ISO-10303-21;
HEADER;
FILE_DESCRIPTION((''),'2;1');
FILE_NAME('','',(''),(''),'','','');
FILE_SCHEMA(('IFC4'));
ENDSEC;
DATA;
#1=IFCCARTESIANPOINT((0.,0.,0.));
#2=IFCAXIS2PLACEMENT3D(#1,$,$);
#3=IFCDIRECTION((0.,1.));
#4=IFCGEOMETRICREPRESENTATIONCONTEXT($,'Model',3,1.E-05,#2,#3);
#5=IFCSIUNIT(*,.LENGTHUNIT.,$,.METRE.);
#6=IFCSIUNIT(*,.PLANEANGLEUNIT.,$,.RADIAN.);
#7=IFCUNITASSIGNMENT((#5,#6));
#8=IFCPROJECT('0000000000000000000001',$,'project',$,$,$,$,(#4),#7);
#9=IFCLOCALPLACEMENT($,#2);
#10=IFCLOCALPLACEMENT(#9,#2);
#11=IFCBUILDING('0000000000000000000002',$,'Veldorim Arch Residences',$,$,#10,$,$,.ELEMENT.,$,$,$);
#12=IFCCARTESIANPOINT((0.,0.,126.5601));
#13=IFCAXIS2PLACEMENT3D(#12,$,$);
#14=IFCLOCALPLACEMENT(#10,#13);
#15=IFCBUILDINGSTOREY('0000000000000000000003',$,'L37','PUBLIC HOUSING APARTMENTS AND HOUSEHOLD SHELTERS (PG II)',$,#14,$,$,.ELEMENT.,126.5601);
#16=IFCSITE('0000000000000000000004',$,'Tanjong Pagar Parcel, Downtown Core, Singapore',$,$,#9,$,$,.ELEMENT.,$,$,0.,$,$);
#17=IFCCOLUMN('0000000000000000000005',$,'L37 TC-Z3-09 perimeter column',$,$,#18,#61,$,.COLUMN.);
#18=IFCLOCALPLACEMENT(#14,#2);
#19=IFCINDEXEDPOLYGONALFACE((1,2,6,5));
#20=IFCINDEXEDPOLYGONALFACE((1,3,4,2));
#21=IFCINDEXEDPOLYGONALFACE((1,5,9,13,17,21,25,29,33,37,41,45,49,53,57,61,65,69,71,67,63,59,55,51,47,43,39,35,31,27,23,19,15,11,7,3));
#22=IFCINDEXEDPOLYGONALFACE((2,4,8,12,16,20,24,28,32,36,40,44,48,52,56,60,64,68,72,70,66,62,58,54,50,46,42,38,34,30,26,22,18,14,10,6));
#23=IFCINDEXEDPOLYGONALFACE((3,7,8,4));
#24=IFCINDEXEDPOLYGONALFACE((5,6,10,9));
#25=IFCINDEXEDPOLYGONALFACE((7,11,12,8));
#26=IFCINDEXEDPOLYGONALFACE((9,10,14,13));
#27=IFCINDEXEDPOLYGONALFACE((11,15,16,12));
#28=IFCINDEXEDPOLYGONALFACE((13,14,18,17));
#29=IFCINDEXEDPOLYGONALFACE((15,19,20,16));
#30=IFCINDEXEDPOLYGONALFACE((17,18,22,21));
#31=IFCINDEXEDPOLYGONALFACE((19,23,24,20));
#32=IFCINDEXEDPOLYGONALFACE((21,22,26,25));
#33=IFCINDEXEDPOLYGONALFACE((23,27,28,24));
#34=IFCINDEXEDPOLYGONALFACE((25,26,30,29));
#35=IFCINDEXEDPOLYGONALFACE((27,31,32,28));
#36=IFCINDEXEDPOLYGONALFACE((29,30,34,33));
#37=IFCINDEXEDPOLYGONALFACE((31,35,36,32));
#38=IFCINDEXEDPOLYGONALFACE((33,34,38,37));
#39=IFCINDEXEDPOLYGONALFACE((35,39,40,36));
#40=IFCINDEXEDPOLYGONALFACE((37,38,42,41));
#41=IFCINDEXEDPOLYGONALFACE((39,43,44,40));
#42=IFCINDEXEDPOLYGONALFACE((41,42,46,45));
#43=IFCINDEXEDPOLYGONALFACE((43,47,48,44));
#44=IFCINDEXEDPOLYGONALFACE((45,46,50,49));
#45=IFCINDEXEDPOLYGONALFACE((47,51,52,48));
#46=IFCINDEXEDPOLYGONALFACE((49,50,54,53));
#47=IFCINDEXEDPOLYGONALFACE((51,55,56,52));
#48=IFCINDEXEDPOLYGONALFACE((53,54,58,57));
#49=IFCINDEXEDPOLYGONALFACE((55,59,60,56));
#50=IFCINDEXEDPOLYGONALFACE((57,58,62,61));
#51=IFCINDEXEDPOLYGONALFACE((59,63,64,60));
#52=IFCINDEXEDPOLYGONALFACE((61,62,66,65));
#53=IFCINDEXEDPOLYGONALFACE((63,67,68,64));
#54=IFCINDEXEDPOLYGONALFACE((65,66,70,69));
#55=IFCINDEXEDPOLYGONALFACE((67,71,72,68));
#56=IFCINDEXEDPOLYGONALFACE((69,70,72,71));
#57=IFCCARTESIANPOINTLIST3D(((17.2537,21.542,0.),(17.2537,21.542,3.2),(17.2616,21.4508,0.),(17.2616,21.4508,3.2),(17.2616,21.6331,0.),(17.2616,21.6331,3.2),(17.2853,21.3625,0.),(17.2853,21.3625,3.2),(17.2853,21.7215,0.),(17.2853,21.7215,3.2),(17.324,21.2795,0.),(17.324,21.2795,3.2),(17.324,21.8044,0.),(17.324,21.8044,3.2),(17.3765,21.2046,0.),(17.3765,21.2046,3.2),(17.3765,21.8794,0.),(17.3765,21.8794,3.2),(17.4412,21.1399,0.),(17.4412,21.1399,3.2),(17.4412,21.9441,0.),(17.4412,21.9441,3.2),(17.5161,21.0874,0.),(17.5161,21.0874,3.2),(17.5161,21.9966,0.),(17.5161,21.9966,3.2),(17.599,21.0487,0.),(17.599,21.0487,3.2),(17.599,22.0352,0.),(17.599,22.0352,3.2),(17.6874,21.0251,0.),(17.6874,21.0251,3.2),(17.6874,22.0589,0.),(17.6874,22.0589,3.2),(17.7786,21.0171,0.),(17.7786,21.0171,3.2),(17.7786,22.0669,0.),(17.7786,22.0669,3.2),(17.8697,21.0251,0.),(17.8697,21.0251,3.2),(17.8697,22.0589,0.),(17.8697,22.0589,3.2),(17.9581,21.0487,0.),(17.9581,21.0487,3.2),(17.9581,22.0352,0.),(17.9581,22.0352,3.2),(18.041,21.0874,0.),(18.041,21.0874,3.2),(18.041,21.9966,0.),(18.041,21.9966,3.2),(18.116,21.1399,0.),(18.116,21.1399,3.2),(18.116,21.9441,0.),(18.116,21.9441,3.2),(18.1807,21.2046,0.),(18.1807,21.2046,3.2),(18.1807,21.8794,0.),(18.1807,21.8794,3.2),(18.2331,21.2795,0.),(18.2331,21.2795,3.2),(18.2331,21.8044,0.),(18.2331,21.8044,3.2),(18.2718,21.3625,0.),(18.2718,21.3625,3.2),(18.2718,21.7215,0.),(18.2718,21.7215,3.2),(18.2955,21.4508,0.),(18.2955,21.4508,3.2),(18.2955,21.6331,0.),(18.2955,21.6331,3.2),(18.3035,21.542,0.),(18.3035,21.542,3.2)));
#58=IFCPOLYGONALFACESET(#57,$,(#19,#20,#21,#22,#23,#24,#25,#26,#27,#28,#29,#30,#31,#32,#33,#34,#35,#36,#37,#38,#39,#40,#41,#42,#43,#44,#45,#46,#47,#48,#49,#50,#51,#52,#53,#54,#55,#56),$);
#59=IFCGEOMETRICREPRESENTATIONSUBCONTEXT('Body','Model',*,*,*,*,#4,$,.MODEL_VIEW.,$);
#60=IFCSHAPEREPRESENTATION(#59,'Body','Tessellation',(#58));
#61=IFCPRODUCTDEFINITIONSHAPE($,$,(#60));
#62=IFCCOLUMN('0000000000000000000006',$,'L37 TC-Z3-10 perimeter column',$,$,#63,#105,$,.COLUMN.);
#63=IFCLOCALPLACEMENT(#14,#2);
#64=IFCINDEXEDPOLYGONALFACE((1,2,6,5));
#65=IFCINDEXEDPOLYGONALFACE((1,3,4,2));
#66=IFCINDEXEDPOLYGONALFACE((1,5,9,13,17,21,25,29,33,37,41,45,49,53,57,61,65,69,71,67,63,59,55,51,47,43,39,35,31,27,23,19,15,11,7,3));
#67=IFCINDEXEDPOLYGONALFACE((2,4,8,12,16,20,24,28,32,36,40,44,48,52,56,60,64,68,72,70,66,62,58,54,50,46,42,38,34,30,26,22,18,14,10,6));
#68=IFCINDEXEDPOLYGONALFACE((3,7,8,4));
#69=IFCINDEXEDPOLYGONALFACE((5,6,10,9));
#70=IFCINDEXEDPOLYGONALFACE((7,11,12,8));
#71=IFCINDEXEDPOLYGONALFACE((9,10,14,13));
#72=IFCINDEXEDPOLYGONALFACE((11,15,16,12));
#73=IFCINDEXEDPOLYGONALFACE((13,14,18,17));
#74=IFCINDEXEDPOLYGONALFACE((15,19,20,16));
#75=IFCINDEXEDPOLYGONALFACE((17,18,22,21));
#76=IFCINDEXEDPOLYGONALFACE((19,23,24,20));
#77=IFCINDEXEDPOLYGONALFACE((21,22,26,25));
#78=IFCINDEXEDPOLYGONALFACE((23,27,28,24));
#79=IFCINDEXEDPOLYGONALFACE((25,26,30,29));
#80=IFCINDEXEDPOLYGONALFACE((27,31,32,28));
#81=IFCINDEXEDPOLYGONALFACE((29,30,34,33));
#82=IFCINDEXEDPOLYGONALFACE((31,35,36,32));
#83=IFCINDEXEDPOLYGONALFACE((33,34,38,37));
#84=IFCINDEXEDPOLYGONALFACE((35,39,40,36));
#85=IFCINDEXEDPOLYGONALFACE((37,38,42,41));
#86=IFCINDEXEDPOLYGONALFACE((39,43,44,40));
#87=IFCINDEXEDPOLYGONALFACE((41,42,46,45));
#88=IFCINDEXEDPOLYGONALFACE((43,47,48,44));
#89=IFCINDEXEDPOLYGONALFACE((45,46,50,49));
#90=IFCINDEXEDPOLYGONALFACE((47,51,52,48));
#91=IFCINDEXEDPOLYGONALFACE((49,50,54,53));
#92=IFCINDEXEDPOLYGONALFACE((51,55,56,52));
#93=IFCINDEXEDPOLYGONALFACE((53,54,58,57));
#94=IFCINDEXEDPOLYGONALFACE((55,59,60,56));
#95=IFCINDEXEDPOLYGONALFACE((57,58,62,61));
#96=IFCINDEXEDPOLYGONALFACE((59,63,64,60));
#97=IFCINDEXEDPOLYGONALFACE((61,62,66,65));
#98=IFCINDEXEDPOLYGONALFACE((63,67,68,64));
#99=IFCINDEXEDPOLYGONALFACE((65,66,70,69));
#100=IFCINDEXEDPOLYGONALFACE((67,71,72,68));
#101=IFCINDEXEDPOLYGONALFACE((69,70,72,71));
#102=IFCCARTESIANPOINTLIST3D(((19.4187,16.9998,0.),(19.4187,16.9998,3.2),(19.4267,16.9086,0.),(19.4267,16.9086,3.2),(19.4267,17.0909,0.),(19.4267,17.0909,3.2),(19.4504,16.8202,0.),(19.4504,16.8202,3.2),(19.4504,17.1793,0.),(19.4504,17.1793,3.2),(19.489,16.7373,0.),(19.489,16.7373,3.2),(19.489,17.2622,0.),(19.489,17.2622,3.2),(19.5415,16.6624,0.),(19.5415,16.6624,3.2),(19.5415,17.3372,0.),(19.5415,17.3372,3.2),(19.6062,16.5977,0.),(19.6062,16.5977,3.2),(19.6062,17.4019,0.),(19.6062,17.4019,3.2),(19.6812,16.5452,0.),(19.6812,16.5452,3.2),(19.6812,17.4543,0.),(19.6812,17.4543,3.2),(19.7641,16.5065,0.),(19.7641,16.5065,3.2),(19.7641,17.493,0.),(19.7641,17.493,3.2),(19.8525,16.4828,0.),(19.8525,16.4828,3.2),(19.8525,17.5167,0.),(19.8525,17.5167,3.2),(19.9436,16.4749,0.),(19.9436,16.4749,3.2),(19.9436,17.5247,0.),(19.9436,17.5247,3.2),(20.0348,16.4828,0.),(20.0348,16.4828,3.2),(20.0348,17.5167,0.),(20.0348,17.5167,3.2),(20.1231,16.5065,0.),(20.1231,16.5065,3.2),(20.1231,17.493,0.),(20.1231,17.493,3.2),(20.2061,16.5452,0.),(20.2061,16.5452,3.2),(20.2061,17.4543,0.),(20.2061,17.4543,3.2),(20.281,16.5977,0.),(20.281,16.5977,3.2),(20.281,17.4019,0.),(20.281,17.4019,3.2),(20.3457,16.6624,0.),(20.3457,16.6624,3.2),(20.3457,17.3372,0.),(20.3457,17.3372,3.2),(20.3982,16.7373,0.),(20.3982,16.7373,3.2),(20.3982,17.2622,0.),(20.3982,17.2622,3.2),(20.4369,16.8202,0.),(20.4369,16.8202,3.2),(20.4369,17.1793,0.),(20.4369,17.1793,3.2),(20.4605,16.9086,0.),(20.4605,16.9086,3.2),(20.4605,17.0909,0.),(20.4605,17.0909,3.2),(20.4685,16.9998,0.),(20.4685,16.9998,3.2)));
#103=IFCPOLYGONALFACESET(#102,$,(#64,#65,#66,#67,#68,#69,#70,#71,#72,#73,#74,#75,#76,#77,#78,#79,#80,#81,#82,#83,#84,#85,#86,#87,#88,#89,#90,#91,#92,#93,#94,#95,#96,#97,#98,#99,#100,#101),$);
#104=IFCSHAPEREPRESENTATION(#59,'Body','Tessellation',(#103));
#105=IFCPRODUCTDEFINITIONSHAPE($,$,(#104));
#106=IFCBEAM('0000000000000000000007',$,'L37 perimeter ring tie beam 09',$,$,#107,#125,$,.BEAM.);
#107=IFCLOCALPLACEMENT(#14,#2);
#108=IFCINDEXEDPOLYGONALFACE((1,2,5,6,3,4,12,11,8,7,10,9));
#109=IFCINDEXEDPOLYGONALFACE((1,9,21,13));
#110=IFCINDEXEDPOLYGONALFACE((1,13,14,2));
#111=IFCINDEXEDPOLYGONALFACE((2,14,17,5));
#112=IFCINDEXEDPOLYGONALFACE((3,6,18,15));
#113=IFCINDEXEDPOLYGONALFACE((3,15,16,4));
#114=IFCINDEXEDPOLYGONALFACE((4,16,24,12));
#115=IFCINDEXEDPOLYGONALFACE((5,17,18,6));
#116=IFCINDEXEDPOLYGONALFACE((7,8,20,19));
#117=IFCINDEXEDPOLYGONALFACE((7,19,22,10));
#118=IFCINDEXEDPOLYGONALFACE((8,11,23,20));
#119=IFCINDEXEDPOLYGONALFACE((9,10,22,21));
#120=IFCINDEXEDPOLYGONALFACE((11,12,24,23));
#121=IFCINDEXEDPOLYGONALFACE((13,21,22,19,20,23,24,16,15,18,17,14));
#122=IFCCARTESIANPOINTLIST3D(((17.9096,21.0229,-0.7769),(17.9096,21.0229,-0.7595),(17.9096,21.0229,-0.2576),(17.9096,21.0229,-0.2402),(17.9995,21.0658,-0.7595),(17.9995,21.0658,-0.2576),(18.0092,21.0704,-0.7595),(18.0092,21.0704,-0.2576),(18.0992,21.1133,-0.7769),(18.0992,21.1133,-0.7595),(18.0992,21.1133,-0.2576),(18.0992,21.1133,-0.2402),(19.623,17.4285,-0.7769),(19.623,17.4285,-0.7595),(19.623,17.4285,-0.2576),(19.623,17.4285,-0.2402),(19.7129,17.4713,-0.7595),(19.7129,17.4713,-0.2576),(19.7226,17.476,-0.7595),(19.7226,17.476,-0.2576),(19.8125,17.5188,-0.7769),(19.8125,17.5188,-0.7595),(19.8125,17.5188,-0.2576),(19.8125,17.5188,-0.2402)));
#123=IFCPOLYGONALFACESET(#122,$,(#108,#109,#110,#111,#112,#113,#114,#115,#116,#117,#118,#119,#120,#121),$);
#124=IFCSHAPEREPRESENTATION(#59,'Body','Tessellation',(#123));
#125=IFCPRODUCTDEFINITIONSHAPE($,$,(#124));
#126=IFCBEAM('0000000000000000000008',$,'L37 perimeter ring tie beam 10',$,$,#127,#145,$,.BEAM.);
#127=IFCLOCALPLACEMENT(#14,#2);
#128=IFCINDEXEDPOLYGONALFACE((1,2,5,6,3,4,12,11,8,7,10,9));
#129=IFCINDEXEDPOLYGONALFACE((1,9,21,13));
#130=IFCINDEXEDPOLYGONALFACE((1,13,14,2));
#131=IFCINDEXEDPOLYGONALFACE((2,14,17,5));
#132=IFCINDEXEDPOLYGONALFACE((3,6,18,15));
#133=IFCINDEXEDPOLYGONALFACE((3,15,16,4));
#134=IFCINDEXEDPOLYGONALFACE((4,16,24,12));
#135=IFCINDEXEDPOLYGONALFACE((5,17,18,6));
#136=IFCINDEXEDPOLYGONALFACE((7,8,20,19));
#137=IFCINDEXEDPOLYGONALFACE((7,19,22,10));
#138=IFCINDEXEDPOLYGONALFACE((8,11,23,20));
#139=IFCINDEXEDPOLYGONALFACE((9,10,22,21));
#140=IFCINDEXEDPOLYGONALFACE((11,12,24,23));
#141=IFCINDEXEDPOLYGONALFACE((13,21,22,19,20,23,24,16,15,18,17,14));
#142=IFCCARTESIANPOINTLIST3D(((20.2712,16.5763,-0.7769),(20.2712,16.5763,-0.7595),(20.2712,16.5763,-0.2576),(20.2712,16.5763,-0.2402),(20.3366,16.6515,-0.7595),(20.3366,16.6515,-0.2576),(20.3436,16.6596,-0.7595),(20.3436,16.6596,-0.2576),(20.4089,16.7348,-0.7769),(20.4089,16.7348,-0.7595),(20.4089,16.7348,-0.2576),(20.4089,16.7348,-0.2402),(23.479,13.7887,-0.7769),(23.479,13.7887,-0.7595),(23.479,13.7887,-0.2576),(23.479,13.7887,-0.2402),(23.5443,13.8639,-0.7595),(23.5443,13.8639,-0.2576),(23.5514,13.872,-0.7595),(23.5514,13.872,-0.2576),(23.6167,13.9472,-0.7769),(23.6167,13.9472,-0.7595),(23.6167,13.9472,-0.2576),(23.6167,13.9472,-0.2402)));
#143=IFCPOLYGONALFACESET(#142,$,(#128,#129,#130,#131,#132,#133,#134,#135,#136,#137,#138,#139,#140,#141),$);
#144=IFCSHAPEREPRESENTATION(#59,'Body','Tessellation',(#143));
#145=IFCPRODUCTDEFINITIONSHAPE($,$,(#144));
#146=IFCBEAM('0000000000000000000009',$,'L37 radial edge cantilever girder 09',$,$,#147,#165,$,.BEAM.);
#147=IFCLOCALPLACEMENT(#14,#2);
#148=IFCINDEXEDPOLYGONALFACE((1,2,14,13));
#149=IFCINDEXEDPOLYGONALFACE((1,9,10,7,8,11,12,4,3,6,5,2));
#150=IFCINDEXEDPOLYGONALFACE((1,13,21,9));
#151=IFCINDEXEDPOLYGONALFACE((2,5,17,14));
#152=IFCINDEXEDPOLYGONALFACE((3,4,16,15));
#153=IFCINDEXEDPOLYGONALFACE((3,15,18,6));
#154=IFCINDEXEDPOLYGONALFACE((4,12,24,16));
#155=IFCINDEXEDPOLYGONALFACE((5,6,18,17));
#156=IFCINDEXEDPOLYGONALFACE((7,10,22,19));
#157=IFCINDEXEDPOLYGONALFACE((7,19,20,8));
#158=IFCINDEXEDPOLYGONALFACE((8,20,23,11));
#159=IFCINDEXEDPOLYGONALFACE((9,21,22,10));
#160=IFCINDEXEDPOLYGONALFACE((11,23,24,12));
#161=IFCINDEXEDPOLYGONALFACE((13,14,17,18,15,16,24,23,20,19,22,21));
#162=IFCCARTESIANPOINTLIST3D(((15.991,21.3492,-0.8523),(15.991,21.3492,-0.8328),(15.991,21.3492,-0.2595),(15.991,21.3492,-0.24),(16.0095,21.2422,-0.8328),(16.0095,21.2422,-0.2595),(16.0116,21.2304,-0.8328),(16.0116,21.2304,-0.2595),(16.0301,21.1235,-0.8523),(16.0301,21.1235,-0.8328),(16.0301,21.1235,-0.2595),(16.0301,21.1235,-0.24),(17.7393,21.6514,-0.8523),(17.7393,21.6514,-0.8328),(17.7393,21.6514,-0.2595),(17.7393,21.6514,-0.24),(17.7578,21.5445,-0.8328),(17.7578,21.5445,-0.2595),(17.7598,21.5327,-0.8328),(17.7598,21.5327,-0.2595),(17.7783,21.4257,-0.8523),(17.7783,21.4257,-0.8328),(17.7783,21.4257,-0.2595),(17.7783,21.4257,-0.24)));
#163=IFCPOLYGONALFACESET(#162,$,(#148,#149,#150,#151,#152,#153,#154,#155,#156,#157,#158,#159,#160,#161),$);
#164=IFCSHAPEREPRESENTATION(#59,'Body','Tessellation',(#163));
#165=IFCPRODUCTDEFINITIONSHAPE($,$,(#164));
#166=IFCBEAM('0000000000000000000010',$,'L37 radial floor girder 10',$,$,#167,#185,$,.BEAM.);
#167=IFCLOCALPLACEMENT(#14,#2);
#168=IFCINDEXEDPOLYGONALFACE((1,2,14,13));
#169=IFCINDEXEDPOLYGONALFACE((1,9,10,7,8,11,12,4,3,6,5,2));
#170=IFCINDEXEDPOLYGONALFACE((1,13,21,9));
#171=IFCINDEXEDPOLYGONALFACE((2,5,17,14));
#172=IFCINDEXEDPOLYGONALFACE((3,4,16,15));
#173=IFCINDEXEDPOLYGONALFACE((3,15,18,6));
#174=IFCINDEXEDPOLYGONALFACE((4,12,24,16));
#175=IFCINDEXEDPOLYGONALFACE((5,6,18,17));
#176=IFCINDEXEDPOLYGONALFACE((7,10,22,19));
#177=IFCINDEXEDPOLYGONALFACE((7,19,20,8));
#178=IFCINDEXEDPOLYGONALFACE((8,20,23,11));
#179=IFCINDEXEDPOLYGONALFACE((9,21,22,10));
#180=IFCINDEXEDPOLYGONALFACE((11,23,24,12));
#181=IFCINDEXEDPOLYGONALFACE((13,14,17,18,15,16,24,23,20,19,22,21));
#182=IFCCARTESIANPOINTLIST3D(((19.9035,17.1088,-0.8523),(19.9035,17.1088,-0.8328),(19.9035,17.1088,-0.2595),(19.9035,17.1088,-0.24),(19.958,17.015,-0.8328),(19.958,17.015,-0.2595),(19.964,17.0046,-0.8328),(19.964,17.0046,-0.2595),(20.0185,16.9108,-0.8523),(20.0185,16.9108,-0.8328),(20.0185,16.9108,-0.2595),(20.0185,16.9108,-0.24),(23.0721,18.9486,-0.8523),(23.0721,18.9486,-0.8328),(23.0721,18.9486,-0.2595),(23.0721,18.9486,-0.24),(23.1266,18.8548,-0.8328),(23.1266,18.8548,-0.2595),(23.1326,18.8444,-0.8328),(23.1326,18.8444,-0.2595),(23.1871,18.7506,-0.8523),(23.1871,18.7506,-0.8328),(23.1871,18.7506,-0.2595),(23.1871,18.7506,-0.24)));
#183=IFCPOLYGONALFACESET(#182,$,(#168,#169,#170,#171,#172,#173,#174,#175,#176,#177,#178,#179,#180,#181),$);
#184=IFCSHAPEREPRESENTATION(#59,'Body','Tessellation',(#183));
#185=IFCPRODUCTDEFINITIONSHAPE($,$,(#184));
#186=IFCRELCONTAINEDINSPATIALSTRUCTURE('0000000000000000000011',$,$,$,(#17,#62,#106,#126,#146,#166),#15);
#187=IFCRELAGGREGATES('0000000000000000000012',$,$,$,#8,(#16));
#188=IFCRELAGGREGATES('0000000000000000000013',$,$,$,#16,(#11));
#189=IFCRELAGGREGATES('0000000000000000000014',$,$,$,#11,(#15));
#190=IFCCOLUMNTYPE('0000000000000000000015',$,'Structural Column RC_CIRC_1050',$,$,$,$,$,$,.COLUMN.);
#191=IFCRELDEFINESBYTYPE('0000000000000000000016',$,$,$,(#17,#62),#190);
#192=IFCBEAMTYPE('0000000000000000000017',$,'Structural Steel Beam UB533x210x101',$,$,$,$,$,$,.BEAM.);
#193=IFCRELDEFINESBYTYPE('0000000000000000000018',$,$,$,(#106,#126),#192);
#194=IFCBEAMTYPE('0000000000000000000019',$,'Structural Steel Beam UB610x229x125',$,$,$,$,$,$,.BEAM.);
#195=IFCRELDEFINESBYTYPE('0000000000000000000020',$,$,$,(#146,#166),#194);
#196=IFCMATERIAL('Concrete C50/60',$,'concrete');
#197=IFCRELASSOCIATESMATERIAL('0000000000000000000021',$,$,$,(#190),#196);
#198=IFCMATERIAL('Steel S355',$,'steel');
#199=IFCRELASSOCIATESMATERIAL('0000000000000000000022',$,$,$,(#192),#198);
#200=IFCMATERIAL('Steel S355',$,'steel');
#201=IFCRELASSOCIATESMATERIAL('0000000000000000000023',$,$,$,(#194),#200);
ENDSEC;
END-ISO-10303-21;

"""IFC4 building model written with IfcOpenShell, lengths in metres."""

from ifc_helpers import new_model, si_unit, direction, frame, origin, origin_2d, place, context, subcontext, project, spatial, circle, i_section, extrude, material, material_profile, profile_set, type_object, element, save


model = new_model("IFC4")

# Units and contexts
model_context = context("Model", 3, precision=1e-05, world=origin(), true_north=direction((0.0, 1.0)))
body_context = subcontext(model_context, "Body", "Model", "MODEL_VIEW")
ifc_project = project(units=[si_unit("LENGTHUNIT", "METRE"), si_unit("PLANEANGLEUNIT", "RADIAN")], contexts=[model_context])

# Site, building, storey
site_placement = place(None, origin())
site = spatial("IfcSite", under=ifc_project, at=site_placement, Name="Tanjong Pagar Parcel, Downtown Core, Singapore", CompositionType="ELEMENT", RefElevation=0.0)
building_placement = place(site_placement, origin())
building = spatial("IfcBuilding", under=site, at=building_placement, Name="Veldorim Arch Residences", CompositionType="ELEMENT")
storey_placement = place(building_placement, frame((0.0, 0.0, 126.5601)))
storey = spatial("IfcBuildingStorey", under=building, at=storey_placement, Name="L37", Description="PUBLIC HOUSING APARTMENTS AND HOUSEHOLD SHELTERS (PG II)", CompositionType="ELEMENT", Elevation=126.5601)

# Columns
ifc_material_1 = material(Name="Concrete C50/60", Category="concrete")
ifc_material_profile_1 = material_profile(ifc_material_1, circle(Radius=0.5249, at=origin_2d()), Name="RC_CIRC_1050")
ifc_profile_set_1 = profile_set([ifc_material_profile_1], Name="Concrete C50/60")
column_type = type_object("IfcColumnType", Name="Structural Column RC_CIRC_1050", PredefinedType="COLUMN", material=ifc_profile_set_1)
for number, where, z_axis, x_axis, name in (
    (1, (17.7786, 21.542, 0.0), (0.0, 0.0, 1.0), (1.0, 0.0, 0.0), "L37 TC-Z3-09 perimeter column"),
    (2, (19.9436, 16.9998, 0.0), (0.0, 0.0, 1.0), (1.0, 0.0, 0.0), "L37 TC-Z3-10 perimeter column"),
):
    element("IfcColumn", number, at=place(storey_placement, frame(where, z_axis=z_axis, x_axis=x_axis)), inside=storey, type_object=column_type, Name=name, PredefinedType="COLUMN", context=body_context, shape_type="SweptSolid", body=[
        extrude(circle(Radius=0.5249, at=origin_2d()), origin(), (0.0, 0.0, 1.0), 3.2),
    ])

# Beams
ifc_material_2 = material(Name="Steel S355", Category="steel")
ifc_material_profile_2 = material_profile(ifc_material_2, i_section(OverallWidth=0.21, OverallDepth=0.5366, WebThickness=0.0107, FlangeThickness=0.0173, at=origin_2d()), Name="UB533x210x101")
ifc_profile_set_2 = profile_set([ifc_material_profile_2], Name="Steel S355")
beam_type_1 = type_object("IfcBeamType", Name="Structural Steel Beam UB533x210x101", PredefinedType="BEAM", material=ifc_profile_set_2)
beam_1_placement = place(storey_placement, frame((18.0044, 21.0681, -0.5085), z_axis=(0.430286, -0.902693, 0.0), x_axis=(0.902693, 0.430286, 0.0)))
element("IfcBeam", 3, at=beam_1_placement, inside=storey, type_object=beam_type_1, Name="L37 perimeter ring tie beam 09", PredefinedType="BEAM", context=body_context, shape_type="SweptSolid", body=[
    extrude(i_section(OverallWidth=0.21, OverallDepth=0.5366, WebThickness=0.0107, FlangeThickness=0.0173, at=origin_2d()), origin(), (0.0, 0.0, 1.0), 3.9819),
])
beam_2_placement = place(storey_placement, frame((20.3401, 16.6555, -0.5085), z_axis=(0.754811, -0.655943, 0.0), x_axis=(0.655943, 0.754811, 0.0)))
element("IfcBeam", 4, at=beam_2_placement, inside=storey, type_object=beam_type_1, Name="L37 perimeter ring tie beam 10", PredefinedType="BEAM", context=body_context, shape_type="SweptSolid", body=[
    extrude(i_section(OverallWidth=0.21, OverallDepth=0.5366, WebThickness=0.0107, FlangeThickness=0.0173, at=origin_2d()), origin(), (0.0, 0.0, 1.0), 4.2498),
])
ifc_material_3 = material(Name="Steel S355", Category="steel")
ifc_material_profile_3 = material_profile(ifc_material_3, i_section(OverallWidth=0.229, OverallDepth=0.6123, WebThickness=0.012, FlangeThickness=0.0195, at=origin_2d()), Name="UB610x229x125")
ifc_profile_set_3 = profile_set([ifc_material_profile_3], Name="Steel S355")
beam_type_2 = type_object("IfcBeamType", Name="Structural Steel Beam UB610x229x125", PredefinedType="BEAM", material=ifc_profile_set_3)
beam_3_placement = place(storey_placement, frame((17.7588, 21.5386, -0.5461), z_axis=(-0.985383, -0.170354, 0.0), x_axis=(0.170354, -0.985383, 0.0)))
element("IfcBeam", 5, at=beam_3_placement, inside=storey, type_object=beam_type_2, Name="L37 radial edge cantilever girder 09", PredefinedType="BEAM", context=body_context, shape_type="SweptSolid", body=[
    extrude(i_section(OverallWidth=0.229, OverallDepth=0.6123, WebThickness=0.012, FlangeThickness=0.0195, at=origin_2d()), origin(), (0.0, 0.0, 1.0), 1.7742),
])
beam_4_placement = place(storey_placement, frame((23.1296, 18.8496, -0.5461), z_axis=(-0.864795, -0.502126, 0.0), x_axis=(0.502126, -0.864795, 0.0)))
element("IfcBeam", 6, at=beam_4_placement, inside=storey, type_object=beam_type_2, Name="L37 radial floor girder 10", PredefinedType="BEAM", context=body_context, shape_type="SweptSolid", body=[
    extrude(i_section(OverallWidth=0.229, OverallDepth=0.6123, WebThickness=0.012, FlangeThickness=0.0195, at=origin_2d()), origin(), (0.0, 0.0, 1.0), 3.6641),
])

save(model, "model.ifc")
